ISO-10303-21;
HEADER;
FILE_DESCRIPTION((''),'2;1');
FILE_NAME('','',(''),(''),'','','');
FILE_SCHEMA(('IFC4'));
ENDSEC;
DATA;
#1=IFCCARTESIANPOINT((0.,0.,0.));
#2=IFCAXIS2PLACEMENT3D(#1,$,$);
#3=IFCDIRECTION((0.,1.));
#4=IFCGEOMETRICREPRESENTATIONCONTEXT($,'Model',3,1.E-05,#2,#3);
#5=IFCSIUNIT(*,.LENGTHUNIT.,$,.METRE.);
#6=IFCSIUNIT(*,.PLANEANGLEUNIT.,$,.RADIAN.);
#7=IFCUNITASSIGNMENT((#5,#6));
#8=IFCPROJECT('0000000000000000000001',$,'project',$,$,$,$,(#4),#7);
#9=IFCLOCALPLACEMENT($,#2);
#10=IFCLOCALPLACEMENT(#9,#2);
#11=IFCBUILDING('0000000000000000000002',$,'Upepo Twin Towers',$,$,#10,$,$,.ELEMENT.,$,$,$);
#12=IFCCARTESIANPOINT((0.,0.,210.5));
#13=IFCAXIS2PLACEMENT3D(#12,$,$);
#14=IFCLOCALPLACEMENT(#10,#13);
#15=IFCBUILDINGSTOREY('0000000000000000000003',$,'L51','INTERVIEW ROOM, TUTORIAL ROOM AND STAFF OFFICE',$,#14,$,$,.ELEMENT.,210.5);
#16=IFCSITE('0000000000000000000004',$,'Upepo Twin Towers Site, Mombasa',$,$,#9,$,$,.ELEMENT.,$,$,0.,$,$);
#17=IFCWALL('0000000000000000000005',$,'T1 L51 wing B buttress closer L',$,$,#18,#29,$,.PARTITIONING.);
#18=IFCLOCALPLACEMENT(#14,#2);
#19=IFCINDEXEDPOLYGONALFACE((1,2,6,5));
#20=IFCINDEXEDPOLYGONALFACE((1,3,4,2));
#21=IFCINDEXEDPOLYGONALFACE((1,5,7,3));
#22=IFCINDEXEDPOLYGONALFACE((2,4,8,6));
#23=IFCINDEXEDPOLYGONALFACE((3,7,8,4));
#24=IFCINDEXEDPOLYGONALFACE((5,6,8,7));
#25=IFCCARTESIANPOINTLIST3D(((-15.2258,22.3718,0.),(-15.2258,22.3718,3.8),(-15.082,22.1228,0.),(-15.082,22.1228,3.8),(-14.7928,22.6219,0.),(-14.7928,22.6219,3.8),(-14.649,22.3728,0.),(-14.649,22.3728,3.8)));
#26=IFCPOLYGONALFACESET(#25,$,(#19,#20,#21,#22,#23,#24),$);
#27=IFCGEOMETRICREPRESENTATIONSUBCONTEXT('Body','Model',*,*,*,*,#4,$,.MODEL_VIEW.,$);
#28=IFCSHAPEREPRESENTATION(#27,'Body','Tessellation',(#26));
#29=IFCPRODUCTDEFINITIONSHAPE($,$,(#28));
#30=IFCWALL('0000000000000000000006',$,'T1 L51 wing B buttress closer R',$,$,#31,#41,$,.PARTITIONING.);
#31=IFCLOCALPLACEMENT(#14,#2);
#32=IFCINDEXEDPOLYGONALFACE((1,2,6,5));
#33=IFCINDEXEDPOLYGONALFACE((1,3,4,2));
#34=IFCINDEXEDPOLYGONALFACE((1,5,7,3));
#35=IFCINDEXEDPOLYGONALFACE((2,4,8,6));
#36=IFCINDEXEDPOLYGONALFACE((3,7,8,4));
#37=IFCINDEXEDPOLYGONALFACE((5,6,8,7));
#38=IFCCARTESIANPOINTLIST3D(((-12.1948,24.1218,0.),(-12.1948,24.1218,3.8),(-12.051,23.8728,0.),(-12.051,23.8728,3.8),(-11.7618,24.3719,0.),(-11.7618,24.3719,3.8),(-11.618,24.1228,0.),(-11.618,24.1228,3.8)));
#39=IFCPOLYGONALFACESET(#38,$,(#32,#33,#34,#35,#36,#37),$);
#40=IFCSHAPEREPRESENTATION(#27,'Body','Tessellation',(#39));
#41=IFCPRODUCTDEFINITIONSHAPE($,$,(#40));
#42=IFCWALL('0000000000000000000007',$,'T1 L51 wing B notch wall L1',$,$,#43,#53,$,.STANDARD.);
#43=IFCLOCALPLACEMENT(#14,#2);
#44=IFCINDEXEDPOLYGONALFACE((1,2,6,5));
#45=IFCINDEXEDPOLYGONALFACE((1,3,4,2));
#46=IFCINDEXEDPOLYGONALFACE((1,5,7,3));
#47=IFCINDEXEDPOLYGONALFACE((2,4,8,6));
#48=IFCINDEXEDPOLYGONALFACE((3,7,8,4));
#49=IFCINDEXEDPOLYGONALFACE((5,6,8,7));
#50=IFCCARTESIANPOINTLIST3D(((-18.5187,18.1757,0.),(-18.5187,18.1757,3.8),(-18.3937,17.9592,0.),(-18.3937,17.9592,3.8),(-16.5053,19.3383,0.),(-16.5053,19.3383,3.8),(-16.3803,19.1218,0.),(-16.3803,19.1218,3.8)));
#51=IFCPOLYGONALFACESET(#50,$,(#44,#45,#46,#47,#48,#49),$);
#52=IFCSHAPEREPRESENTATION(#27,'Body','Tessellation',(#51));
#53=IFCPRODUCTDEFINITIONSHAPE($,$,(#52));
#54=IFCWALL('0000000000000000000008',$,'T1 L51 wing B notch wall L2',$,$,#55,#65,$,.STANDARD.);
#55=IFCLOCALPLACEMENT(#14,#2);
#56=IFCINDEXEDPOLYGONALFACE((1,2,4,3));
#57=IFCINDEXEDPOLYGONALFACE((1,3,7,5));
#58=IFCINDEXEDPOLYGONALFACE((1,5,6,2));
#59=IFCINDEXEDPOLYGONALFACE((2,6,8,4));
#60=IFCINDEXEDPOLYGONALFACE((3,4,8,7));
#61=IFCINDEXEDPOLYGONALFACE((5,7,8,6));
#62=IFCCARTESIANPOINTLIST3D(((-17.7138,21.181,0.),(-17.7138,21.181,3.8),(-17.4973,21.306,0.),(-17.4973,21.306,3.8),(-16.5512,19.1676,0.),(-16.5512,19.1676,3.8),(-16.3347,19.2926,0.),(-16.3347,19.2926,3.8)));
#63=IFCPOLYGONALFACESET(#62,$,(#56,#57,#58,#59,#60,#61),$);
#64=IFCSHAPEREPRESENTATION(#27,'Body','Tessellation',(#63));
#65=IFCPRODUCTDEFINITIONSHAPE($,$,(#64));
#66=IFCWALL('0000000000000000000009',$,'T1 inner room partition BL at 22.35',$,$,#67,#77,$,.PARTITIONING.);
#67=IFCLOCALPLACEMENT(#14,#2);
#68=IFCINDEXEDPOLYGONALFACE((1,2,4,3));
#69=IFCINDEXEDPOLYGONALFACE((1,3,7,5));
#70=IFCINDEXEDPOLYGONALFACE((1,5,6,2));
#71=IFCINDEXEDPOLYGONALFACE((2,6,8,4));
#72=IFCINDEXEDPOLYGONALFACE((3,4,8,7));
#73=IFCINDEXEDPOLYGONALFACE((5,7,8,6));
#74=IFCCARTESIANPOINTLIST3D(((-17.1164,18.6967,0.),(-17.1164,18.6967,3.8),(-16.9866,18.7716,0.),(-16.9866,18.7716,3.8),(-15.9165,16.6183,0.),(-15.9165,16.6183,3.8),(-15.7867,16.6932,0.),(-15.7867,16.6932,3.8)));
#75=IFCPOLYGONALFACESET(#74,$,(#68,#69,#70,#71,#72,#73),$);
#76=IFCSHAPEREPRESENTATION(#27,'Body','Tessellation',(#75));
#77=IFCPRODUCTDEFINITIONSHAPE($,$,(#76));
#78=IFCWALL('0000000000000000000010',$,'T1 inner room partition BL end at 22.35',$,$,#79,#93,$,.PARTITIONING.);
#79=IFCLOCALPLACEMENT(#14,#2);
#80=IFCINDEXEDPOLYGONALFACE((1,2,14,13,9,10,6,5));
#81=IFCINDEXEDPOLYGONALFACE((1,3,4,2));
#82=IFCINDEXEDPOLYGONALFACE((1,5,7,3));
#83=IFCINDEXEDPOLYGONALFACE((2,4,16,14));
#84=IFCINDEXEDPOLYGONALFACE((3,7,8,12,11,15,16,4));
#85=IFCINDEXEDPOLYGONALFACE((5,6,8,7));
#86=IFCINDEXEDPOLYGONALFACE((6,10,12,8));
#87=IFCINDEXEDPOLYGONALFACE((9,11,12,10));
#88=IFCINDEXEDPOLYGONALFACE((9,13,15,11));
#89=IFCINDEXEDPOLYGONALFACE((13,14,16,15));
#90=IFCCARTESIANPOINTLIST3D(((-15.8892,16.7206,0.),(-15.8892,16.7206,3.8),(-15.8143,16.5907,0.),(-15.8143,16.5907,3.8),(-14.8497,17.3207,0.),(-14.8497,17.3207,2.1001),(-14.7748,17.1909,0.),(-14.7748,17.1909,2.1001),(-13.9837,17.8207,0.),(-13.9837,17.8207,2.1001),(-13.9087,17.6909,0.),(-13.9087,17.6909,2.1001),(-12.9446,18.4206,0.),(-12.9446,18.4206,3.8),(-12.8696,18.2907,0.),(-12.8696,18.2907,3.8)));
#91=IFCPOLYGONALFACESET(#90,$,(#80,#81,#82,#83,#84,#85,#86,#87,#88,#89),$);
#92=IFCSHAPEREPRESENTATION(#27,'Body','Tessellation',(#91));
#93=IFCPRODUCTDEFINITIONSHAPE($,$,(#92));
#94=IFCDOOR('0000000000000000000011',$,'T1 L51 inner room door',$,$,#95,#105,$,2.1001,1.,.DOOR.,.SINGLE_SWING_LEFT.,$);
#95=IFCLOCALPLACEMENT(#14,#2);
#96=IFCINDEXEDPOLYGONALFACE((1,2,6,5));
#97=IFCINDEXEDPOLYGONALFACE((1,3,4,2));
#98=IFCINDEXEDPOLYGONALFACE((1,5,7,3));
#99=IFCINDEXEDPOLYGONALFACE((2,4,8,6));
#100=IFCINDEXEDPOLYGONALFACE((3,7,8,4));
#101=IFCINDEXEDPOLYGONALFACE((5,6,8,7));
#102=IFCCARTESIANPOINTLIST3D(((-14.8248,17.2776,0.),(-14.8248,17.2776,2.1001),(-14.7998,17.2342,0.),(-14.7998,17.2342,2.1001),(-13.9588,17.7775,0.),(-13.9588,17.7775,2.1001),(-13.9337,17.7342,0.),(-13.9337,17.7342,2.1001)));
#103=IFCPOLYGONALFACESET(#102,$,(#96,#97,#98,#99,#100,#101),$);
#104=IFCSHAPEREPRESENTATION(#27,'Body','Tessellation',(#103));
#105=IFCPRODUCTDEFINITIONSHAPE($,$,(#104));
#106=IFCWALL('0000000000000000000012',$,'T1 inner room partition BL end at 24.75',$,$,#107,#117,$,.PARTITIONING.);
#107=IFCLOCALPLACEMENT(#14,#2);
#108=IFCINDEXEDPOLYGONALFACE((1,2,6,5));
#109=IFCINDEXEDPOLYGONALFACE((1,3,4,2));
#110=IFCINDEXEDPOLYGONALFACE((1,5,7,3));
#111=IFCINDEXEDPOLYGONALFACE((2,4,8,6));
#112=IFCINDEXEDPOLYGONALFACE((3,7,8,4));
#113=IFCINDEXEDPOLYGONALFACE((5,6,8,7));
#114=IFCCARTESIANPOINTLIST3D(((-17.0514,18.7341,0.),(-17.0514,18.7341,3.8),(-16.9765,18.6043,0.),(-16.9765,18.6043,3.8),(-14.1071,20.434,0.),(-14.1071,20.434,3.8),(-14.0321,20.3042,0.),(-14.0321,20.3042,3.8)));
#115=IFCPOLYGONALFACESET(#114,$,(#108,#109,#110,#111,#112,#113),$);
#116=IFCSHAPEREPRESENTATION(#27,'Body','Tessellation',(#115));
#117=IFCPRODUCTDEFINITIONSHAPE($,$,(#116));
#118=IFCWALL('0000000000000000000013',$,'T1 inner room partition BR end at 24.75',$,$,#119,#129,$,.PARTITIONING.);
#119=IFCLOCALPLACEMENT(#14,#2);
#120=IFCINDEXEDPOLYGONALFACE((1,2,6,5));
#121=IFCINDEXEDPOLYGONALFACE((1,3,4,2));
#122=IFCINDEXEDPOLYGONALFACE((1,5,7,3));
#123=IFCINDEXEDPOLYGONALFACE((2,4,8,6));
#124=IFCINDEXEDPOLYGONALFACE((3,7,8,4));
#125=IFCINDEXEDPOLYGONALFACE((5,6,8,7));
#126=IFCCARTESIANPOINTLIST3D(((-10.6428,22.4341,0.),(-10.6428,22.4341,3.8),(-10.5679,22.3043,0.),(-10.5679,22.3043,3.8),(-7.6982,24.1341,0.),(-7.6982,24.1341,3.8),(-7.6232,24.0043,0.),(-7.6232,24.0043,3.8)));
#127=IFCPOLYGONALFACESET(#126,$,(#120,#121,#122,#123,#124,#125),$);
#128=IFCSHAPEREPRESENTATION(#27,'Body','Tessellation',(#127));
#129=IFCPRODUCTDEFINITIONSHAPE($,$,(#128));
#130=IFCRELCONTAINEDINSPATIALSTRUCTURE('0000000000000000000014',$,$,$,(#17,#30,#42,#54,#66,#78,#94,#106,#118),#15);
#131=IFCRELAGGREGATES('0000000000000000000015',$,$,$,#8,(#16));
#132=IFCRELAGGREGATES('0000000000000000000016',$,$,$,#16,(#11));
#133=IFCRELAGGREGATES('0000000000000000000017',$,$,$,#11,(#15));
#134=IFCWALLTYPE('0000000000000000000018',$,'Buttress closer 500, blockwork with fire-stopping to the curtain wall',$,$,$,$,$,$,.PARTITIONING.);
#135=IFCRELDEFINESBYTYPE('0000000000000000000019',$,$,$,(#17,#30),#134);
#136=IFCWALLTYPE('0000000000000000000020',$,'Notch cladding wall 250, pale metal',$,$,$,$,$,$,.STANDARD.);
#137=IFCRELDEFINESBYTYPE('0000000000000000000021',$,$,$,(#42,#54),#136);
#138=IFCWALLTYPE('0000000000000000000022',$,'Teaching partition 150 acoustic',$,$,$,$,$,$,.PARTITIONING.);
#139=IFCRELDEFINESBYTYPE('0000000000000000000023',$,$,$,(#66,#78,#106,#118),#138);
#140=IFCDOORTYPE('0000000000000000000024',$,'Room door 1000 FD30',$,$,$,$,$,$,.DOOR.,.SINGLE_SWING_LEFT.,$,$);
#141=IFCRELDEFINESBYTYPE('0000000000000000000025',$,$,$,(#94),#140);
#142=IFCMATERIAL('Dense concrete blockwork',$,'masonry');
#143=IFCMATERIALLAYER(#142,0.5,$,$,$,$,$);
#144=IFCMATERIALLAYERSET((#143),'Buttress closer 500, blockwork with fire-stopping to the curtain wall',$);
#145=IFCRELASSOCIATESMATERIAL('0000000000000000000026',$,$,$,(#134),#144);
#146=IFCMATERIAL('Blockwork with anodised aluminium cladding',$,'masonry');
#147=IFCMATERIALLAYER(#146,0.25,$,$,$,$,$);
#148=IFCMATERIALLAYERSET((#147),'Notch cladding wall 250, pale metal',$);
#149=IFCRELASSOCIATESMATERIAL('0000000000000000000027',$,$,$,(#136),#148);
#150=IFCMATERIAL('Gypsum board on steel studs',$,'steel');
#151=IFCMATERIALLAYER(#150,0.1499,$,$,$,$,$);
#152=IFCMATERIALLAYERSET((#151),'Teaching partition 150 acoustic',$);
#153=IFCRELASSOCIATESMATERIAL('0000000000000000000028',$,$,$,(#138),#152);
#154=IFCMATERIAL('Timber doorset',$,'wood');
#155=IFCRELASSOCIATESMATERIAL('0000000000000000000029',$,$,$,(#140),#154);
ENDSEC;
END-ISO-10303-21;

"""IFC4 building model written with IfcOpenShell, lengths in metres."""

from ifc_helpers import new_model, si_unit, direction, frame, frame_2d, origin, place, context, subcontext, project, spatial, rectangle, extrude, material, layer, layer_set, type_object, element, fill, save


model = new_model("IFC4")

# Units and contexts
model_context = context("Model", 3, precision=1e-05, world=origin(), true_north=direction((0.0, 1.0)))
body_context = subcontext(model_context, "Body", "Model", "MODEL_VIEW")
ifc_project = project(units=[si_unit("LENGTHUNIT", "METRE"), si_unit("PLANEANGLEUNIT", "RADIAN")], contexts=[model_context])

# Site, building, storey
site_placement = place(None, origin())
site = spatial("IfcSite", under=ifc_project, at=site_placement, Name="Upepo Twin Towers Site, Mombasa", CompositionType="ELEMENT", RefElevation=0.0)
building_placement = place(site_placement, origin())
building = spatial("IfcBuilding", under=site, at=building_placement, Name="Upepo Twin Towers", CompositionType="ELEMENT")
storey_placement = place(building_placement, frame((0.0, 0.0, 210.5)))
storey = spatial("IfcBuildingStorey", under=building, at=storey_placement, Name="L51", Description="INTERVIEW ROOM, TUTORIAL ROOM AND STAFF OFFICE", CompositionType="ELEMENT", Elevation=210.5)

# Walls
ifc_material_1 = material(Name="Dense concrete blockwork", Category="masonry")
ifc_layer_1 = layer(ifc_material_1, 0.5)
ifc_layer_set_1 = layer_set([ifc_layer_1], Name="Buttress closer 500, blockwork with fire-stopping to the curtain wall")
wall_type_1 = type_object("IfcWallType", Name="Buttress closer 500, blockwork with fire-stopping to the curtain wall", PredefinedType="PARTITIONING", material=ifc_layer_set_1)
for number, where, z_axis, x_axis, name in (
    (1, (-14.8655, 22.2478, 0.0), (0.0, 0.0, 1.0), (-0.500065, 0.865988, 0.0), "T1 L51 wing B buttress closer L"),
    (2, (-11.8345, 23.9978, 0.0), (0.0, 0.0, 1.0), (-0.500065, 0.865988, 0.0), "T1 L51 wing B buttress closer R"),
):
    element("IfcWall", number, at=place(storey_placement, frame(where, z_axis=z_axis, x_axis=x_axis)), inside=storey, type_object=wall_type_1, Name=name, PredefinedType="PARTITIONING", context=body_context, shape_type="SweptSolid", body=[
        extrude(rectangle(XDim=0.2876, YDim=0.5, at=frame_2d((0.1438, 0.0))), origin(), (0.0, 0.0, 1.0), 3.8),
    ])
ifc_material_2 = material(Name="Blockwork with anodised aluminium cladding", Category="masonry")
ifc_layer_2 = layer(ifc_material_2, 0.25)
ifc_layer_set_2 = layer_set([ifc_layer_2], Name="Notch cladding wall 250, pale metal")
wall_type_2 = type_object("IfcWallType", Name="Notch cladding wall 250, pale metal", PredefinedType="STANDARD", material=ifc_layer_set_2)
for number, where, z_axis, x_axis, name in (
    (3, (-18.4563, 18.0674, 0.0), (0.0, 0.0, 1.0), (0.865998, 0.500047, 0.0), "T1 L51 wing B notch wall L1"),
    (4, (-16.4429, 19.23, 0.0), (0.0, 0.0, 1.0), (-0.500047, 0.865998, 0.0), "T1 L51 wing B notch wall L2"),
):
    element("IfcWall", number, at=place(storey_placement, frame(where, z_axis=z_axis, x_axis=x_axis)), inside=storey, type_object=wall_type_2, Name=name, PredefinedType="STANDARD", context=body_context, shape_type="SweptSolid", body=[
        extrude(rectangle(XDim=2.325, YDim=0.25, at=frame_2d((1.1626, 0.0))), origin(), (0.0, 0.0, 1.0), 3.8),
    ])
ifc_material_3 = material(Name="Gypsum board on steel studs", Category="steel")
ifc_layer_3 = layer(ifc_material_3, 0.1499)
ifc_layer_set_3 = layer_set([ifc_layer_3], Name="Teaching partition 150 acoustic")
wall_type_3 = type_object("IfcWallType", Name="Teaching partition 150 acoustic", PredefinedType="PARTITIONING", material=ifc_layer_set_3)
wall_1_placement = place(storey_placement, frame((-15.8516, 16.6558, 0.0), z_axis=(0.0, 0.0, 1.0), x_axis=(-0.500001, 0.866025, 0.0)))
element("IfcWall", 5, at=wall_1_placement, inside=storey, type_object=wall_type_3, Name="T1 inner room partition BL at 22.35", PredefinedType="PARTITIONING", context=body_context, shape_type="SweptSolid", body=[
    extrude(rectangle(XDim=2.3999, YDim=0.1499, at=frame_2d((1.2, 0.0))), origin(), (0.0, 0.0, 1.0), 3.8),
])

# Wall, opening, door
wall_2_placement = place(storey_placement, frame((-12.907, 18.3557, 0.0), z_axis=(0.0, 0.0, 1.0), x_axis=(-0.866039, -0.499977, 0.0)))
wall_2 = element("IfcWall", 6, at=wall_2_placement, inside=storey, type_object=wall_type_3, Name="T1 inner room partition BL end at 22.35", PredefinedType="PARTITIONING", context=body_context, shape_type="SweptSolid", body=[
    extrude(rectangle(XDim=3.4001, YDim=0.1499, at=frame_2d((1.7002, 0.0))), origin(), (0.0, 0.0, 1.0), 3.8),
])
opening_placement = place(wall_2_placement, frame((1.2, 0.0, 0.0)))
opening = element("IfcOpeningElement", 7, at=opening_placement, cuts=wall_2, PredefinedType="OPENING", context=body_context, shape_type="SweptSolid", body=[
    extrude(rectangle(XDim=1.0, YDim=2.1001, at=frame_2d((0.5, 1.05))), frame((0.0, 0.085, 0.0), z_axis=(0.0, -1.0, 0.0), x_axis=(1.0, 0.0, 0.0)), (0.0, 0.0, 1.0), 0.1699),
])
ifc_material_4 = material(Name="Timber doorset", Category="wood")
door_type = type_object("IfcDoorType", Name="Room door 1000 FD30", OperationType="SINGLE_SWING_LEFT", PredefinedType="DOOR", material=ifc_material_4)
door_placement = place(opening_placement, origin())
door = element("IfcDoor", 8, at=door_placement, inside=storey, type_object=door_type, Name="T1 L51 inner room door", OperationType="SINGLE_SWING_LEFT", OverallHeight=2.1001, OverallWidth=1.0, PredefinedType="DOOR", context=body_context, shape_type="SweptSolid", body=[
    extrude(rectangle(XDim=1.0, YDim=2.1001, at=frame_2d((0.5, 1.05))), frame((0.0, 0.0249, 0.0), z_axis=(0.0, -1.0, 0.0), x_axis=(1.0, 0.0, 0.0)), (0.0, 0.0, 1.0), 0.05),
])
fill(opening, door)

# Walls
wall_3_placement = place(storey_placement, frame((-14.0696, 20.3691, 0.0), z_axis=(0.0, 0.0, 1.0), x_axis=(-0.866021, -0.500008, 0.0)))
element("IfcWall", 9, at=wall_3_placement, inside=storey, type_object=wall_type_3, Name="T1 inner room partition BL end at 24.75", PredefinedType="PARTITIONING", context=body_context, shape_type="SweptSolid", body=[
    extrude(rectangle(XDim=3.3999, YDim=0.1499, at=frame_2d((1.7, 0.0))), origin(), (0.0, 0.0, 1.0), 3.8),
])
wall_4_placement = place(storey_placement, frame((-10.6055, 22.3691, 0.0), z_axis=(0.0, 0.0, 1.0), x_axis=(0.866039, 0.499977, 0.0)))
element("IfcWall", 10, at=wall_4_placement, inside=storey, type_object=wall_type_3, Name="T1 inner room partition BR end at 24.75", PredefinedType="PARTITIONING", context=body_context, shape_type="SweptSolid", body=[
    extrude(rectangle(XDim=3.4001, YDim=0.1499, at=frame_2d((1.7002, 0.0))), origin(), (0.0, 0.0, 1.0), 3.8),
])

save(model, "model.ifc")
